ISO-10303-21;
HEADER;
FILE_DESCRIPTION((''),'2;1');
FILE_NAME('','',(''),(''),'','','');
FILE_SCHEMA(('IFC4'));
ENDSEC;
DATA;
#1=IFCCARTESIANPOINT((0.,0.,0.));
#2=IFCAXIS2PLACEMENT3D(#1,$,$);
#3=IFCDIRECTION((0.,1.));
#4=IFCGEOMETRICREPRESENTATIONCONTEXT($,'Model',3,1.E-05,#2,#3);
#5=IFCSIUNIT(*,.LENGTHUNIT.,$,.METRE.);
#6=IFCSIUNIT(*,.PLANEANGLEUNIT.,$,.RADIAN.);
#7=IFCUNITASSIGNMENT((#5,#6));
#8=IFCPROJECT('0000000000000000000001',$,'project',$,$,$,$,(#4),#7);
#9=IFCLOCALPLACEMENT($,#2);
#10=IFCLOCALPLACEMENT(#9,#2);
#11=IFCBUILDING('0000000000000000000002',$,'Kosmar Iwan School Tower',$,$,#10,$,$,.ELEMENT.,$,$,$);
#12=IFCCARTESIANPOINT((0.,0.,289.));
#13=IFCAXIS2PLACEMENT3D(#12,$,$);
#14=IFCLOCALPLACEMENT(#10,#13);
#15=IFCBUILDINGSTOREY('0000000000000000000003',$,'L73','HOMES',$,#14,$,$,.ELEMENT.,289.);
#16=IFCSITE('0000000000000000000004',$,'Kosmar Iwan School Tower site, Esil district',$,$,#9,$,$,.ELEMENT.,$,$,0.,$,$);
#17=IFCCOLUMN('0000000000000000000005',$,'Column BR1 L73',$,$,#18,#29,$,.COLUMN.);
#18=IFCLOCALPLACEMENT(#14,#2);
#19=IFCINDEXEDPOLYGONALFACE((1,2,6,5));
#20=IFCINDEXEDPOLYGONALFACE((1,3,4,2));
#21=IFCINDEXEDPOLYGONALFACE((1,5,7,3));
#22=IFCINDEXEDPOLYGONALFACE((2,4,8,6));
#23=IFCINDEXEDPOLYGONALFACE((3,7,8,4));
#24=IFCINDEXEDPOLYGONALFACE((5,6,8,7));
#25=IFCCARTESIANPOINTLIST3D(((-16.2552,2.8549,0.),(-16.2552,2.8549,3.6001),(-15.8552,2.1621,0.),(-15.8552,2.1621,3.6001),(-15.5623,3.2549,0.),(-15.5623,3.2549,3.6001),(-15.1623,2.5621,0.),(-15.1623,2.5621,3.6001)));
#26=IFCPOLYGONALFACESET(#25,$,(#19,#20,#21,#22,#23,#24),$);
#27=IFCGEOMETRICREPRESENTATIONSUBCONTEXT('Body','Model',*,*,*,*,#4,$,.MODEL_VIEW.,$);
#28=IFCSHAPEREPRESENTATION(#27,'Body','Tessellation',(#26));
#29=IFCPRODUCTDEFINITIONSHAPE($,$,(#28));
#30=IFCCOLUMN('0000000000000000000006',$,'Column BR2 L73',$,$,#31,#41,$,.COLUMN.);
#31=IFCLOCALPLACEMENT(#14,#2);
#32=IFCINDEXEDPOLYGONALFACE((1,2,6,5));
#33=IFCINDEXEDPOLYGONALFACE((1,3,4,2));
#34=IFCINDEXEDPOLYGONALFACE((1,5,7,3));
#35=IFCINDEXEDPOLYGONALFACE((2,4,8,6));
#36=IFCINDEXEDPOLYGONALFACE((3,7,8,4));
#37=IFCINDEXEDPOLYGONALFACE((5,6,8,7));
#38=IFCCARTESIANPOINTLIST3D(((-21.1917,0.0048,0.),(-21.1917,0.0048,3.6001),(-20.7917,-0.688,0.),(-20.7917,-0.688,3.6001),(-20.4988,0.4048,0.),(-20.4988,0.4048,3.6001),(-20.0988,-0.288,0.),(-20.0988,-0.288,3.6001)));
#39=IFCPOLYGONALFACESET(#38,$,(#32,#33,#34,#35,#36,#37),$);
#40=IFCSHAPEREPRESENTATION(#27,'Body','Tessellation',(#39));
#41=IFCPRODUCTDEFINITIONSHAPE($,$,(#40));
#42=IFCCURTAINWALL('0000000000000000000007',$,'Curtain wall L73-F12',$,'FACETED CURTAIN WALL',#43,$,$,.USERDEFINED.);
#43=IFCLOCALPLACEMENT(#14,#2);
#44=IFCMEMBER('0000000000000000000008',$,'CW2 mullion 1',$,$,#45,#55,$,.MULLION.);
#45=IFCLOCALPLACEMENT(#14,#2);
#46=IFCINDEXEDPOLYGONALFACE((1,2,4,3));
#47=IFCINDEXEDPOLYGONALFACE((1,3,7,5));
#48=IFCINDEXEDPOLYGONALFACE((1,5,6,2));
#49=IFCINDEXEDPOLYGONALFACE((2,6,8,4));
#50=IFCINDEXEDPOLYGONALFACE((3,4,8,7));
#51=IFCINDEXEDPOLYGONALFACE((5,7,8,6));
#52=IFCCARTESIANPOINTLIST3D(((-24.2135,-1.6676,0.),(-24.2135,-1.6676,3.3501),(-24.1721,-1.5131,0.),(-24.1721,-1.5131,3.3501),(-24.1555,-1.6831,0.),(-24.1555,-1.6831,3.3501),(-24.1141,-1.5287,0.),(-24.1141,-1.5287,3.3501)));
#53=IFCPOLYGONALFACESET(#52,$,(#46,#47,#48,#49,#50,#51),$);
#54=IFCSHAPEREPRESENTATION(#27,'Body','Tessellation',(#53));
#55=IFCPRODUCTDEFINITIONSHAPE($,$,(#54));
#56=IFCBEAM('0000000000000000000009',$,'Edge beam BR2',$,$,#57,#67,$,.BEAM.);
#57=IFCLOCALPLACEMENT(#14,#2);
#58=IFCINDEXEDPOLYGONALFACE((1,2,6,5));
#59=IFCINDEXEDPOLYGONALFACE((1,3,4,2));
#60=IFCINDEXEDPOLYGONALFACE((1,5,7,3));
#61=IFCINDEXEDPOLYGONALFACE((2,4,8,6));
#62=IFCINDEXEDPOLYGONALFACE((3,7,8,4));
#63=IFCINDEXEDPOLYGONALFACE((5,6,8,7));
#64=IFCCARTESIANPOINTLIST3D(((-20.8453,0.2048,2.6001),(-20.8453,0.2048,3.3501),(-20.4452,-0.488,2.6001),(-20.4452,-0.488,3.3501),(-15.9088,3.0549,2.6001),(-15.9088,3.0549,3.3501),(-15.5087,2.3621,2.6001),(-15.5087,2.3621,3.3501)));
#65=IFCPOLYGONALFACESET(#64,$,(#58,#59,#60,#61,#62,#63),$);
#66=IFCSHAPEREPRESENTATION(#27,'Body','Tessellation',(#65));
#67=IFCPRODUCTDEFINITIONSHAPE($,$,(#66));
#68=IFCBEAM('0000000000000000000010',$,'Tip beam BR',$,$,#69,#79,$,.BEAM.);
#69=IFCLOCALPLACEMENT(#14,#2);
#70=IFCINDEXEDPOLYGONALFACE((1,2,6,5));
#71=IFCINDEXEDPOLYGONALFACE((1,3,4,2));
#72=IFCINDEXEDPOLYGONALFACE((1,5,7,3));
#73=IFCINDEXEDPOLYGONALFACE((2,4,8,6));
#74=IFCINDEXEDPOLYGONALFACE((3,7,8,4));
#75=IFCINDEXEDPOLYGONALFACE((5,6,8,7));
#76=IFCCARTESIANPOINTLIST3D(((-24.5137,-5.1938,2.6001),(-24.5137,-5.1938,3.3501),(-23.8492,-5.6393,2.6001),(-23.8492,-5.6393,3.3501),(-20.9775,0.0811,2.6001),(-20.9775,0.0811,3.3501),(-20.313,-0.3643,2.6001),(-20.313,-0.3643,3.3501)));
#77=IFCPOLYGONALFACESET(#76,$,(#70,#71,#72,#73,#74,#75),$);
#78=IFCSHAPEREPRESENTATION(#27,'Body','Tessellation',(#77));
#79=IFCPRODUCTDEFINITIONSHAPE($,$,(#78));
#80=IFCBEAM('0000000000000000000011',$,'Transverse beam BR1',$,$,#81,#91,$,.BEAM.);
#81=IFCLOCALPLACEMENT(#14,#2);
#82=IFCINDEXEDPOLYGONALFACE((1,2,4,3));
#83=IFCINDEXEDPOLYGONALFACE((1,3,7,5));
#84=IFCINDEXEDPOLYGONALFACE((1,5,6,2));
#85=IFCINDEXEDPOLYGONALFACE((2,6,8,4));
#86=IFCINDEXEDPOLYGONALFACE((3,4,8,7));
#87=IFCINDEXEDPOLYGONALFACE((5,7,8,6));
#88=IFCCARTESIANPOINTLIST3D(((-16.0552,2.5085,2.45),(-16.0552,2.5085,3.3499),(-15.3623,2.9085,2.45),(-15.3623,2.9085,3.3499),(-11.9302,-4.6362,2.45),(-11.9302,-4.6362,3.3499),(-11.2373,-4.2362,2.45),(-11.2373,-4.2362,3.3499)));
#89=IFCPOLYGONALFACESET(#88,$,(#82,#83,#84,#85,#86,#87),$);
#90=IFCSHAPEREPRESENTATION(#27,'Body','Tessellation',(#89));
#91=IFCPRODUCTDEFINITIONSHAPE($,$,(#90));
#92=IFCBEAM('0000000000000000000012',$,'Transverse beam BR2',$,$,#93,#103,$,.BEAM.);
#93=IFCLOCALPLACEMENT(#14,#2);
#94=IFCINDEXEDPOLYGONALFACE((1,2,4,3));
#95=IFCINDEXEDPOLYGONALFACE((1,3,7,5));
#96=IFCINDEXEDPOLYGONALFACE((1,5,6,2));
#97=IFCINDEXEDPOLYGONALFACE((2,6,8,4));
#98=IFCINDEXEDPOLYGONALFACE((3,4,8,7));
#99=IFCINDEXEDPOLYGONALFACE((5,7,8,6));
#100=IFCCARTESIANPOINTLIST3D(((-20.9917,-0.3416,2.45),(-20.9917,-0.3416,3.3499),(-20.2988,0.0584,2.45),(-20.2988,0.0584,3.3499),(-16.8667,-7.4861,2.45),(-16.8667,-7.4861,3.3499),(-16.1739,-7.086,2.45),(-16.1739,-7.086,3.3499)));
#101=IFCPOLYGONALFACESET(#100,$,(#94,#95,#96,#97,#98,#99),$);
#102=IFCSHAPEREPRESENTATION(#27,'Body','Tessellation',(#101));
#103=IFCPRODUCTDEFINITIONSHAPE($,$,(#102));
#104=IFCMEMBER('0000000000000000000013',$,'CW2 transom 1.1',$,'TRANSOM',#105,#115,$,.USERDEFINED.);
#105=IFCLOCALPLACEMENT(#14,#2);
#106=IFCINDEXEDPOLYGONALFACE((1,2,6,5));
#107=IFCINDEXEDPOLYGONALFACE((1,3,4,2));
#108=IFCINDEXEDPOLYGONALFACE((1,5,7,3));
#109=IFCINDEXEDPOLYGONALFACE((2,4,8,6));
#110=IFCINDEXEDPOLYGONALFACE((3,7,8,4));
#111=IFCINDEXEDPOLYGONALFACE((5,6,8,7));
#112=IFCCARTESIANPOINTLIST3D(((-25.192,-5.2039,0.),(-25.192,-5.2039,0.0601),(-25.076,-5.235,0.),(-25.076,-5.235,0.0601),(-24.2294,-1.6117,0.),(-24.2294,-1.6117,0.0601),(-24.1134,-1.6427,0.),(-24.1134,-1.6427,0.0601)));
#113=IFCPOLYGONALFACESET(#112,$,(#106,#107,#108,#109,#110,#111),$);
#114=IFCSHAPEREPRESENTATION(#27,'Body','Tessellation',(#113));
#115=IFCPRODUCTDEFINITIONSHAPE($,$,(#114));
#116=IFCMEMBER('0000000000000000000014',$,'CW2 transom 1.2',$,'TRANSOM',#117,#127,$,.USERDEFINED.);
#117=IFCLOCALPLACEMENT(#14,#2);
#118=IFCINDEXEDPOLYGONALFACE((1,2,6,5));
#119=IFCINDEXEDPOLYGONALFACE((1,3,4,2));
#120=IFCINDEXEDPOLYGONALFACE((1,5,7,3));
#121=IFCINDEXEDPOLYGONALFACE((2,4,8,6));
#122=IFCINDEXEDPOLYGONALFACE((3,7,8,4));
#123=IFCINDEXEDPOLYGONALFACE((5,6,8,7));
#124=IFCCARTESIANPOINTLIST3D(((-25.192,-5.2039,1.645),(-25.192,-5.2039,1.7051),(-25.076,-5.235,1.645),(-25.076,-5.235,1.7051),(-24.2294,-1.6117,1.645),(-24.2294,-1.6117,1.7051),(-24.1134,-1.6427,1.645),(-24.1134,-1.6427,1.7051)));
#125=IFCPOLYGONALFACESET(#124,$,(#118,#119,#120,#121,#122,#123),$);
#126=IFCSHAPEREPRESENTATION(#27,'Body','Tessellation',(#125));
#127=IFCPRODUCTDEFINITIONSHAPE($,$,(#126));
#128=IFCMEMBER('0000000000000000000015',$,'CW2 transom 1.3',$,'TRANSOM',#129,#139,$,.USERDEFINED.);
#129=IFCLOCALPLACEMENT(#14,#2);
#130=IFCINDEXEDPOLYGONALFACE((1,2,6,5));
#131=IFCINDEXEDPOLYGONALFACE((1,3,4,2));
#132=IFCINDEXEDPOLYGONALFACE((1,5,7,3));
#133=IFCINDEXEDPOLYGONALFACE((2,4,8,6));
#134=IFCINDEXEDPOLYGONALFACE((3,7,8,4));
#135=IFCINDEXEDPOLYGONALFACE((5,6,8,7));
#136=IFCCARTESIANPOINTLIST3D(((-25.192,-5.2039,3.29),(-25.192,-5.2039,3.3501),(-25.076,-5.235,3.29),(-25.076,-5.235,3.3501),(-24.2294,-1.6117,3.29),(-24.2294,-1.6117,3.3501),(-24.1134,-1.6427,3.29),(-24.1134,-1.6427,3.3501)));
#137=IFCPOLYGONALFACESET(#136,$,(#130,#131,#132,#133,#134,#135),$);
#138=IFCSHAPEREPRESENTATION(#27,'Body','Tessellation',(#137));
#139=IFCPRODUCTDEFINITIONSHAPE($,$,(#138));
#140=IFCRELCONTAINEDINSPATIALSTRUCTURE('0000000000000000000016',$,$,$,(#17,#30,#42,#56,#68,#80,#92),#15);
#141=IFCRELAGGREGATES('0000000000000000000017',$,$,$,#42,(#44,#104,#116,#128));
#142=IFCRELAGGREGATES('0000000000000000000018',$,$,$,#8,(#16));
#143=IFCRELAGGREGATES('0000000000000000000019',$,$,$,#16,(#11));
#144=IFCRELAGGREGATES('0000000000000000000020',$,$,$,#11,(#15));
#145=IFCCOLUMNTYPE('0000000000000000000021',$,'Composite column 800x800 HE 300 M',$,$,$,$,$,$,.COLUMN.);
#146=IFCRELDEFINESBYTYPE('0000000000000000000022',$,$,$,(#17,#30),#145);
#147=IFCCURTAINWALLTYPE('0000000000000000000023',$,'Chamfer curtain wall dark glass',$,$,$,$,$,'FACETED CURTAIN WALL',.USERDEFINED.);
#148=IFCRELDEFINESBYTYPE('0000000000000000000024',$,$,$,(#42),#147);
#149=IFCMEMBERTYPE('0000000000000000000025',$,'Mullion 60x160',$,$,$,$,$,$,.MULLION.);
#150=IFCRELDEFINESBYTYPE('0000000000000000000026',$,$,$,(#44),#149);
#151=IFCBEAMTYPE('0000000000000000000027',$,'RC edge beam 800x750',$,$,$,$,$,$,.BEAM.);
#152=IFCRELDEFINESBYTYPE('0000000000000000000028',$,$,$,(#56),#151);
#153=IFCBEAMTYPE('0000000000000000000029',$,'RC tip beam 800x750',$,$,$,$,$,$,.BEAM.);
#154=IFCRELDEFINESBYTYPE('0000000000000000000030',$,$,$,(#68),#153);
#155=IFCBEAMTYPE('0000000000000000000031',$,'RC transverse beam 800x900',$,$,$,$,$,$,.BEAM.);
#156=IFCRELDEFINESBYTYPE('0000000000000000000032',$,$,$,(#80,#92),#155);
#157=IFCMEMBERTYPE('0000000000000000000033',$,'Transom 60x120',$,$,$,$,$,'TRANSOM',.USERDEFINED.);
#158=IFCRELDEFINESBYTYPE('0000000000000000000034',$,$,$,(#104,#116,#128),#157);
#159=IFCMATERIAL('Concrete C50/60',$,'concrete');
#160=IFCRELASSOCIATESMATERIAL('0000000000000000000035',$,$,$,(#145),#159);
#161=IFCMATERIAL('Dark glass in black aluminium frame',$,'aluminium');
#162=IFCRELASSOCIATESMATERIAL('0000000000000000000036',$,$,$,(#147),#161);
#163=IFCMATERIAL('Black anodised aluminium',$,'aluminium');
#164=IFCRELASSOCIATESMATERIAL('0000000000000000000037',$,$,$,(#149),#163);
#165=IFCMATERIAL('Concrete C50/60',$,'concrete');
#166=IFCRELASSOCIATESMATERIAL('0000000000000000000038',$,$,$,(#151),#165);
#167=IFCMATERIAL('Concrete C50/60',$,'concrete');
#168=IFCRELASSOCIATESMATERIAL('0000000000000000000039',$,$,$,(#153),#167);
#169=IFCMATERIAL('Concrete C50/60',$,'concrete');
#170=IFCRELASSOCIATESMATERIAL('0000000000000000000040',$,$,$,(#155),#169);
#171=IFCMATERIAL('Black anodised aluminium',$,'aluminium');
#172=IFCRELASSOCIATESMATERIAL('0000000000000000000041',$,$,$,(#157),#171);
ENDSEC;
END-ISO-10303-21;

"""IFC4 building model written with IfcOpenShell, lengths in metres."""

from ifc_helpers import new_model, si_unit, direction, frame, origin, origin_2d, place, context, subcontext, project, spatial, rectangle, extrude, material, material_profile, profile_set, type_object, element, aggregate, save


model = new_model("IFC4")

# Units and contexts
model_context = context("Model", 3, precision=1e-05, world=origin(), true_north=direction((0.0, 1.0)))
body_context = subcontext(model_context, "Body", "Model", "MODEL_VIEW")
ifc_project = project(units=[si_unit("LENGTHUNIT", "METRE"), si_unit("PLANEANGLEUNIT", "RADIAN")], contexts=[model_context])

# Site, building, storey
site_placement = place(None, origin())
site = spatial("IfcSite", under=ifc_project, at=site_placement, Name="Kosmar Iwan School Tower site, Esil district", CompositionType="ELEMENT", RefElevation=0.0)
building_placement = place(site_placement, origin())
building = spatial("IfcBuilding", under=site, at=building_placement, Name="Kosmar Iwan School Tower", CompositionType="ELEMENT")
storey_placement = place(building_placement, frame((0.0, 0.0, 289.0)))
storey = spatial("IfcBuildingStorey", under=building, at=storey_placement, Name="L73", Description="HOMES", CompositionType="ELEMENT", Elevation=289.0)

# Columns
ifc_material_1 = material(Name="Concrete C50/60", Category="concrete")
ifc_material_profile_1 = material_profile(ifc_material_1, rectangle(XDim=0.8, YDim=0.8, at=origin_2d()), Name="RC 800x800 + HE 300 M")
ifc_profile_set_1 = profile_set([ifc_material_profile_1], Name="Concrete C50/60")
column_type = type_object("IfcColumnType", Name="Composite column 800x800 HE 300 M", PredefinedType="COLUMN", material=ifc_profile_set_1)
for number, where, z_axis, x_axis, name in (
    (1, (-15.7087, 2.7085, 0.0), (0.0, 0.0, 1.0), (-0.866025, -0.5, 0.0), "Column BR1 L73"),
    (2, (-20.6453, -0.1416, 0.0), (0.0, 0.0, 1.0), (-0.866025, -0.5, 0.0), "Column BR2 L73"),
):
    element("IfcColumn", number, at=place(storey_placement, frame(where, z_axis=z_axis, x_axis=x_axis)), inside=storey, type_object=column_type, Name=name, PredefinedType="COLUMN", context=body_context, shape_type="SweptSolid", body=[
        extrude(rectangle(XDim=0.8, YDim=0.8, at=origin_2d()), origin(), (0.0, 0.0, 1.0), 3.6001),
    ])

# Curtain wall, member
ifc_material_2 = material(Name="Dark glass in black aluminium frame", Category="aluminium")
curtain_wall_type = type_object("IfcCurtainWallType", Name="Chamfer curtain wall dark glass", ElementType="FACETED CURTAIN WALL", PredefinedType="USERDEFINED", material=ifc_material_2)
curtain_wall_placement = place(storey_placement, origin())
curtain_wall = element("IfcCurtainWall", 3, at=curtain_wall_placement, inside=storey, type_object=curtain_wall_type, Name="Curtain wall L73-F12", ObjectType="FACETED CURTAIN WALL", PredefinedType="USERDEFINED")
ifc_material_3 = material(Name="Black anodised aluminium", Category="aluminium")
ifc_material_profile_2 = material_profile(ifc_material_3, rectangle(XDim=0.0601, YDim=0.1599, at=origin_2d()), Name="MULLION 60x160")
ifc_profile_set_2 = profile_set([ifc_material_profile_2], Name="Black anodised aluminium")
member_type_1 = type_object("IfcMemberType", Name="Mullion 60x160", PredefinedType="MULLION", material=ifc_profile_set_2)
member_1_placement = place(storey_placement, frame((-24.1638, -1.5981, 0.0), z_axis=(0.0, 0.0, 1.0), x_axis=(0.965926, -0.258819, 0.0)))
member_1 = element("IfcMember", 4, at=member_1_placement, type_object=member_type_1, Name="CW2 mullion 1", PredefinedType="MULLION", context=body_context, shape_type="SweptSolid", body=[
    extrude(rectangle(XDim=0.0601, YDim=0.1599, at=origin_2d()), origin(), (0.0, 0.0, 1.0), 3.3501),
])

# Beams
ifc_material_4 = material(Name="Concrete C50/60", Category="concrete")
ifc_material_profile_3 = material_profile(ifc_material_4, rectangle(XDim=0.8, YDim=0.75, at=origin_2d()), Name="RC 800x750")
ifc_profile_set_3 = profile_set([ifc_material_profile_3], Name="Concrete C50/60")
beam_type_1 = type_object("IfcBeamType", Name="RC edge beam 800x750", PredefinedType="BEAM", material=ifc_profile_set_3)
beam_1_placement = place(storey_placement, frame((-15.7087, 2.7085, 2.9751), z_axis=(-0.866026, -0.499999, 0.0), x_axis=(0.499999, -0.866026, 0.0)))
element("IfcBeam", 5, at=beam_1_placement, inside=storey, type_object=beam_type_1, Name="Edge beam BR2", PredefinedType="BEAM", context=body_context, shape_type="SweptSolid", body=[
    extrude(rectangle(XDim=0.8, YDim=0.75, at=origin_2d()), origin(), (0.0, 0.0, 1.0), 5.7002),
])
ifc_material_5 = material(Name="Concrete C50/60", Category="concrete")
ifc_material_profile_4 = material_profile(ifc_material_5, rectangle(XDim=0.8, YDim=0.75, at=origin_2d()), Name="RC 800x750")
ifc_profile_set_4 = profile_set([ifc_material_profile_4], Name="Concrete C50/60")
beam_type_2 = type_object("IfcBeamType", Name="RC tip beam 800x750", PredefinedType="BEAM", material=ifc_profile_set_4)
beam_2_placement = place(storey_placement, frame((-20.6453, -0.1416, 2.9751), z_axis=(-0.556828, -0.830628, 0.0), x_axis=(0.830628, -0.556828, 0.0)))
element("IfcBeam", 6, at=beam_2_placement, inside=storey, type_object=beam_type_2, Name="Tip beam BR", PredefinedType="BEAM", context=body_context, shape_type="SweptSolid", body=[
    extrude(rectangle(XDim=0.8, YDim=0.75, at=origin_2d()), origin(), (0.0, 0.0, 1.0), 6.3506),
])
ifc_material_6 = material(Name="Concrete C50/60", Category="concrete")
ifc_material_profile_5 = material_profile(ifc_material_6, rectangle(XDim=0.8, YDim=0.8999, at=origin_2d()), Name="RC 800x900")
ifc_profile_set_5 = profile_set([ifc_material_profile_5], Name="Concrete C50/60")
beam_type_3 = type_object("IfcBeamType", Name="RC transverse beam 800x900", PredefinedType="BEAM", material=ifc_profile_set_5)
beam_3_placement = place(storey_placement, frame((-15.7087, 2.7085, 2.8999), z_axis=(0.499997, -0.866027, 0.0), x_axis=(0.866027, 0.499997, 0.0)))
element("IfcBeam", 7, at=beam_3_placement, inside=storey, type_object=beam_type_3, Name="Transverse beam BR1", PredefinedType="BEAM", context=body_context, shape_type="SweptSolid", body=[
    extrude(rectangle(XDim=0.8, YDim=0.8999, at=origin_2d()), origin(), (0.0, 0.0, 1.0), 8.25),
])
beam_4_placement = place(storey_placement, frame((-20.6453, -0.1416, 2.8999), z_axis=(0.500009, -0.86602, 0.0), x_axis=(0.86602, 0.500009, 0.0)))
element("IfcBeam", 8, at=beam_4_placement, inside=storey, type_object=beam_type_3, Name="Transverse beam BR2", PredefinedType="BEAM", context=body_context, shape_type="SweptSolid", body=[
    extrude(rectangle(XDim=0.8, YDim=0.8999, at=origin_2d()), origin(), (0.0, 0.0, 1.0), 8.2498),
])

# Members
ifc_material_7 = material(Name="Black anodised aluminium", Category="aluminium")
ifc_material_profile_6 = material_profile(ifc_material_7, rectangle(XDim=0.1201, YDim=0.0601, at=origin_2d()), Name="TRANSOM 60x120")
ifc_profile_set_6 = profile_set([ifc_material_profile_6], Name="Black anodised aluminium")
member_type_2 = type_object("IfcMemberType", Name="Transom 60x120", ElementType="TRANSOM", PredefinedType="USERDEFINED", material=ifc_profile_set_6)
member_2_placement = place(storey_placement, frame((-24.1714, -1.6272, 0.03), z_axis=(-0.258843, -0.965919, 0.0), x_axis=(0.965919, -0.258843, 0.0)))
member_2 = element("IfcMember", 9, at=member_2_placement, type_object=member_type_2, Name="CW2 transom 1.1", ObjectType="TRANSOM", PredefinedType="USERDEFINED", context=body_context, shape_type="SweptSolid", body=[
    extrude(rectangle(XDim=0.1201, YDim=0.0601, at=origin_2d()), origin(), (0.0, 0.0, 1.0), 3.719),
])
member_3_placement = place(storey_placement, frame((-24.1714, -1.6272, 1.675), z_axis=(-0.258843, -0.965919, 0.0), x_axis=(0.965919, -0.258843, 0.0)))
member_3 = element("IfcMember", 10, at=member_3_placement, type_object=member_type_2, Name="CW2 transom 1.2", ObjectType="TRANSOM", PredefinedType="USERDEFINED", context=body_context, shape_type="SweptSolid", body=[
    extrude(rectangle(XDim=0.1201, YDim=0.0601, at=origin_2d()), origin(), (0.0, 0.0, 1.0), 3.719),
])
member_4_placement = place(storey_placement, frame((-24.1714, -1.6272, 3.3201), z_axis=(-0.258843, -0.965919, 0.0), x_axis=(0.965919, -0.258843, 0.0)))
member_4 = element("IfcMember", 11, at=member_4_placement, type_object=member_type_2, Name="CW2 transom 1.3", ObjectType="TRANSOM", PredefinedType="USERDEFINED", context=body_context, shape_type="SweptSolid", body=[
    extrude(rectangle(XDim=0.1201, YDim=0.0601, at=origin_2d()), origin(), (0.0, 0.0, 1.0), 3.719),
])
aggregate(curtain_wall, [member_1, member_2, member_3, member_4])

save(model, "model.ifc")
